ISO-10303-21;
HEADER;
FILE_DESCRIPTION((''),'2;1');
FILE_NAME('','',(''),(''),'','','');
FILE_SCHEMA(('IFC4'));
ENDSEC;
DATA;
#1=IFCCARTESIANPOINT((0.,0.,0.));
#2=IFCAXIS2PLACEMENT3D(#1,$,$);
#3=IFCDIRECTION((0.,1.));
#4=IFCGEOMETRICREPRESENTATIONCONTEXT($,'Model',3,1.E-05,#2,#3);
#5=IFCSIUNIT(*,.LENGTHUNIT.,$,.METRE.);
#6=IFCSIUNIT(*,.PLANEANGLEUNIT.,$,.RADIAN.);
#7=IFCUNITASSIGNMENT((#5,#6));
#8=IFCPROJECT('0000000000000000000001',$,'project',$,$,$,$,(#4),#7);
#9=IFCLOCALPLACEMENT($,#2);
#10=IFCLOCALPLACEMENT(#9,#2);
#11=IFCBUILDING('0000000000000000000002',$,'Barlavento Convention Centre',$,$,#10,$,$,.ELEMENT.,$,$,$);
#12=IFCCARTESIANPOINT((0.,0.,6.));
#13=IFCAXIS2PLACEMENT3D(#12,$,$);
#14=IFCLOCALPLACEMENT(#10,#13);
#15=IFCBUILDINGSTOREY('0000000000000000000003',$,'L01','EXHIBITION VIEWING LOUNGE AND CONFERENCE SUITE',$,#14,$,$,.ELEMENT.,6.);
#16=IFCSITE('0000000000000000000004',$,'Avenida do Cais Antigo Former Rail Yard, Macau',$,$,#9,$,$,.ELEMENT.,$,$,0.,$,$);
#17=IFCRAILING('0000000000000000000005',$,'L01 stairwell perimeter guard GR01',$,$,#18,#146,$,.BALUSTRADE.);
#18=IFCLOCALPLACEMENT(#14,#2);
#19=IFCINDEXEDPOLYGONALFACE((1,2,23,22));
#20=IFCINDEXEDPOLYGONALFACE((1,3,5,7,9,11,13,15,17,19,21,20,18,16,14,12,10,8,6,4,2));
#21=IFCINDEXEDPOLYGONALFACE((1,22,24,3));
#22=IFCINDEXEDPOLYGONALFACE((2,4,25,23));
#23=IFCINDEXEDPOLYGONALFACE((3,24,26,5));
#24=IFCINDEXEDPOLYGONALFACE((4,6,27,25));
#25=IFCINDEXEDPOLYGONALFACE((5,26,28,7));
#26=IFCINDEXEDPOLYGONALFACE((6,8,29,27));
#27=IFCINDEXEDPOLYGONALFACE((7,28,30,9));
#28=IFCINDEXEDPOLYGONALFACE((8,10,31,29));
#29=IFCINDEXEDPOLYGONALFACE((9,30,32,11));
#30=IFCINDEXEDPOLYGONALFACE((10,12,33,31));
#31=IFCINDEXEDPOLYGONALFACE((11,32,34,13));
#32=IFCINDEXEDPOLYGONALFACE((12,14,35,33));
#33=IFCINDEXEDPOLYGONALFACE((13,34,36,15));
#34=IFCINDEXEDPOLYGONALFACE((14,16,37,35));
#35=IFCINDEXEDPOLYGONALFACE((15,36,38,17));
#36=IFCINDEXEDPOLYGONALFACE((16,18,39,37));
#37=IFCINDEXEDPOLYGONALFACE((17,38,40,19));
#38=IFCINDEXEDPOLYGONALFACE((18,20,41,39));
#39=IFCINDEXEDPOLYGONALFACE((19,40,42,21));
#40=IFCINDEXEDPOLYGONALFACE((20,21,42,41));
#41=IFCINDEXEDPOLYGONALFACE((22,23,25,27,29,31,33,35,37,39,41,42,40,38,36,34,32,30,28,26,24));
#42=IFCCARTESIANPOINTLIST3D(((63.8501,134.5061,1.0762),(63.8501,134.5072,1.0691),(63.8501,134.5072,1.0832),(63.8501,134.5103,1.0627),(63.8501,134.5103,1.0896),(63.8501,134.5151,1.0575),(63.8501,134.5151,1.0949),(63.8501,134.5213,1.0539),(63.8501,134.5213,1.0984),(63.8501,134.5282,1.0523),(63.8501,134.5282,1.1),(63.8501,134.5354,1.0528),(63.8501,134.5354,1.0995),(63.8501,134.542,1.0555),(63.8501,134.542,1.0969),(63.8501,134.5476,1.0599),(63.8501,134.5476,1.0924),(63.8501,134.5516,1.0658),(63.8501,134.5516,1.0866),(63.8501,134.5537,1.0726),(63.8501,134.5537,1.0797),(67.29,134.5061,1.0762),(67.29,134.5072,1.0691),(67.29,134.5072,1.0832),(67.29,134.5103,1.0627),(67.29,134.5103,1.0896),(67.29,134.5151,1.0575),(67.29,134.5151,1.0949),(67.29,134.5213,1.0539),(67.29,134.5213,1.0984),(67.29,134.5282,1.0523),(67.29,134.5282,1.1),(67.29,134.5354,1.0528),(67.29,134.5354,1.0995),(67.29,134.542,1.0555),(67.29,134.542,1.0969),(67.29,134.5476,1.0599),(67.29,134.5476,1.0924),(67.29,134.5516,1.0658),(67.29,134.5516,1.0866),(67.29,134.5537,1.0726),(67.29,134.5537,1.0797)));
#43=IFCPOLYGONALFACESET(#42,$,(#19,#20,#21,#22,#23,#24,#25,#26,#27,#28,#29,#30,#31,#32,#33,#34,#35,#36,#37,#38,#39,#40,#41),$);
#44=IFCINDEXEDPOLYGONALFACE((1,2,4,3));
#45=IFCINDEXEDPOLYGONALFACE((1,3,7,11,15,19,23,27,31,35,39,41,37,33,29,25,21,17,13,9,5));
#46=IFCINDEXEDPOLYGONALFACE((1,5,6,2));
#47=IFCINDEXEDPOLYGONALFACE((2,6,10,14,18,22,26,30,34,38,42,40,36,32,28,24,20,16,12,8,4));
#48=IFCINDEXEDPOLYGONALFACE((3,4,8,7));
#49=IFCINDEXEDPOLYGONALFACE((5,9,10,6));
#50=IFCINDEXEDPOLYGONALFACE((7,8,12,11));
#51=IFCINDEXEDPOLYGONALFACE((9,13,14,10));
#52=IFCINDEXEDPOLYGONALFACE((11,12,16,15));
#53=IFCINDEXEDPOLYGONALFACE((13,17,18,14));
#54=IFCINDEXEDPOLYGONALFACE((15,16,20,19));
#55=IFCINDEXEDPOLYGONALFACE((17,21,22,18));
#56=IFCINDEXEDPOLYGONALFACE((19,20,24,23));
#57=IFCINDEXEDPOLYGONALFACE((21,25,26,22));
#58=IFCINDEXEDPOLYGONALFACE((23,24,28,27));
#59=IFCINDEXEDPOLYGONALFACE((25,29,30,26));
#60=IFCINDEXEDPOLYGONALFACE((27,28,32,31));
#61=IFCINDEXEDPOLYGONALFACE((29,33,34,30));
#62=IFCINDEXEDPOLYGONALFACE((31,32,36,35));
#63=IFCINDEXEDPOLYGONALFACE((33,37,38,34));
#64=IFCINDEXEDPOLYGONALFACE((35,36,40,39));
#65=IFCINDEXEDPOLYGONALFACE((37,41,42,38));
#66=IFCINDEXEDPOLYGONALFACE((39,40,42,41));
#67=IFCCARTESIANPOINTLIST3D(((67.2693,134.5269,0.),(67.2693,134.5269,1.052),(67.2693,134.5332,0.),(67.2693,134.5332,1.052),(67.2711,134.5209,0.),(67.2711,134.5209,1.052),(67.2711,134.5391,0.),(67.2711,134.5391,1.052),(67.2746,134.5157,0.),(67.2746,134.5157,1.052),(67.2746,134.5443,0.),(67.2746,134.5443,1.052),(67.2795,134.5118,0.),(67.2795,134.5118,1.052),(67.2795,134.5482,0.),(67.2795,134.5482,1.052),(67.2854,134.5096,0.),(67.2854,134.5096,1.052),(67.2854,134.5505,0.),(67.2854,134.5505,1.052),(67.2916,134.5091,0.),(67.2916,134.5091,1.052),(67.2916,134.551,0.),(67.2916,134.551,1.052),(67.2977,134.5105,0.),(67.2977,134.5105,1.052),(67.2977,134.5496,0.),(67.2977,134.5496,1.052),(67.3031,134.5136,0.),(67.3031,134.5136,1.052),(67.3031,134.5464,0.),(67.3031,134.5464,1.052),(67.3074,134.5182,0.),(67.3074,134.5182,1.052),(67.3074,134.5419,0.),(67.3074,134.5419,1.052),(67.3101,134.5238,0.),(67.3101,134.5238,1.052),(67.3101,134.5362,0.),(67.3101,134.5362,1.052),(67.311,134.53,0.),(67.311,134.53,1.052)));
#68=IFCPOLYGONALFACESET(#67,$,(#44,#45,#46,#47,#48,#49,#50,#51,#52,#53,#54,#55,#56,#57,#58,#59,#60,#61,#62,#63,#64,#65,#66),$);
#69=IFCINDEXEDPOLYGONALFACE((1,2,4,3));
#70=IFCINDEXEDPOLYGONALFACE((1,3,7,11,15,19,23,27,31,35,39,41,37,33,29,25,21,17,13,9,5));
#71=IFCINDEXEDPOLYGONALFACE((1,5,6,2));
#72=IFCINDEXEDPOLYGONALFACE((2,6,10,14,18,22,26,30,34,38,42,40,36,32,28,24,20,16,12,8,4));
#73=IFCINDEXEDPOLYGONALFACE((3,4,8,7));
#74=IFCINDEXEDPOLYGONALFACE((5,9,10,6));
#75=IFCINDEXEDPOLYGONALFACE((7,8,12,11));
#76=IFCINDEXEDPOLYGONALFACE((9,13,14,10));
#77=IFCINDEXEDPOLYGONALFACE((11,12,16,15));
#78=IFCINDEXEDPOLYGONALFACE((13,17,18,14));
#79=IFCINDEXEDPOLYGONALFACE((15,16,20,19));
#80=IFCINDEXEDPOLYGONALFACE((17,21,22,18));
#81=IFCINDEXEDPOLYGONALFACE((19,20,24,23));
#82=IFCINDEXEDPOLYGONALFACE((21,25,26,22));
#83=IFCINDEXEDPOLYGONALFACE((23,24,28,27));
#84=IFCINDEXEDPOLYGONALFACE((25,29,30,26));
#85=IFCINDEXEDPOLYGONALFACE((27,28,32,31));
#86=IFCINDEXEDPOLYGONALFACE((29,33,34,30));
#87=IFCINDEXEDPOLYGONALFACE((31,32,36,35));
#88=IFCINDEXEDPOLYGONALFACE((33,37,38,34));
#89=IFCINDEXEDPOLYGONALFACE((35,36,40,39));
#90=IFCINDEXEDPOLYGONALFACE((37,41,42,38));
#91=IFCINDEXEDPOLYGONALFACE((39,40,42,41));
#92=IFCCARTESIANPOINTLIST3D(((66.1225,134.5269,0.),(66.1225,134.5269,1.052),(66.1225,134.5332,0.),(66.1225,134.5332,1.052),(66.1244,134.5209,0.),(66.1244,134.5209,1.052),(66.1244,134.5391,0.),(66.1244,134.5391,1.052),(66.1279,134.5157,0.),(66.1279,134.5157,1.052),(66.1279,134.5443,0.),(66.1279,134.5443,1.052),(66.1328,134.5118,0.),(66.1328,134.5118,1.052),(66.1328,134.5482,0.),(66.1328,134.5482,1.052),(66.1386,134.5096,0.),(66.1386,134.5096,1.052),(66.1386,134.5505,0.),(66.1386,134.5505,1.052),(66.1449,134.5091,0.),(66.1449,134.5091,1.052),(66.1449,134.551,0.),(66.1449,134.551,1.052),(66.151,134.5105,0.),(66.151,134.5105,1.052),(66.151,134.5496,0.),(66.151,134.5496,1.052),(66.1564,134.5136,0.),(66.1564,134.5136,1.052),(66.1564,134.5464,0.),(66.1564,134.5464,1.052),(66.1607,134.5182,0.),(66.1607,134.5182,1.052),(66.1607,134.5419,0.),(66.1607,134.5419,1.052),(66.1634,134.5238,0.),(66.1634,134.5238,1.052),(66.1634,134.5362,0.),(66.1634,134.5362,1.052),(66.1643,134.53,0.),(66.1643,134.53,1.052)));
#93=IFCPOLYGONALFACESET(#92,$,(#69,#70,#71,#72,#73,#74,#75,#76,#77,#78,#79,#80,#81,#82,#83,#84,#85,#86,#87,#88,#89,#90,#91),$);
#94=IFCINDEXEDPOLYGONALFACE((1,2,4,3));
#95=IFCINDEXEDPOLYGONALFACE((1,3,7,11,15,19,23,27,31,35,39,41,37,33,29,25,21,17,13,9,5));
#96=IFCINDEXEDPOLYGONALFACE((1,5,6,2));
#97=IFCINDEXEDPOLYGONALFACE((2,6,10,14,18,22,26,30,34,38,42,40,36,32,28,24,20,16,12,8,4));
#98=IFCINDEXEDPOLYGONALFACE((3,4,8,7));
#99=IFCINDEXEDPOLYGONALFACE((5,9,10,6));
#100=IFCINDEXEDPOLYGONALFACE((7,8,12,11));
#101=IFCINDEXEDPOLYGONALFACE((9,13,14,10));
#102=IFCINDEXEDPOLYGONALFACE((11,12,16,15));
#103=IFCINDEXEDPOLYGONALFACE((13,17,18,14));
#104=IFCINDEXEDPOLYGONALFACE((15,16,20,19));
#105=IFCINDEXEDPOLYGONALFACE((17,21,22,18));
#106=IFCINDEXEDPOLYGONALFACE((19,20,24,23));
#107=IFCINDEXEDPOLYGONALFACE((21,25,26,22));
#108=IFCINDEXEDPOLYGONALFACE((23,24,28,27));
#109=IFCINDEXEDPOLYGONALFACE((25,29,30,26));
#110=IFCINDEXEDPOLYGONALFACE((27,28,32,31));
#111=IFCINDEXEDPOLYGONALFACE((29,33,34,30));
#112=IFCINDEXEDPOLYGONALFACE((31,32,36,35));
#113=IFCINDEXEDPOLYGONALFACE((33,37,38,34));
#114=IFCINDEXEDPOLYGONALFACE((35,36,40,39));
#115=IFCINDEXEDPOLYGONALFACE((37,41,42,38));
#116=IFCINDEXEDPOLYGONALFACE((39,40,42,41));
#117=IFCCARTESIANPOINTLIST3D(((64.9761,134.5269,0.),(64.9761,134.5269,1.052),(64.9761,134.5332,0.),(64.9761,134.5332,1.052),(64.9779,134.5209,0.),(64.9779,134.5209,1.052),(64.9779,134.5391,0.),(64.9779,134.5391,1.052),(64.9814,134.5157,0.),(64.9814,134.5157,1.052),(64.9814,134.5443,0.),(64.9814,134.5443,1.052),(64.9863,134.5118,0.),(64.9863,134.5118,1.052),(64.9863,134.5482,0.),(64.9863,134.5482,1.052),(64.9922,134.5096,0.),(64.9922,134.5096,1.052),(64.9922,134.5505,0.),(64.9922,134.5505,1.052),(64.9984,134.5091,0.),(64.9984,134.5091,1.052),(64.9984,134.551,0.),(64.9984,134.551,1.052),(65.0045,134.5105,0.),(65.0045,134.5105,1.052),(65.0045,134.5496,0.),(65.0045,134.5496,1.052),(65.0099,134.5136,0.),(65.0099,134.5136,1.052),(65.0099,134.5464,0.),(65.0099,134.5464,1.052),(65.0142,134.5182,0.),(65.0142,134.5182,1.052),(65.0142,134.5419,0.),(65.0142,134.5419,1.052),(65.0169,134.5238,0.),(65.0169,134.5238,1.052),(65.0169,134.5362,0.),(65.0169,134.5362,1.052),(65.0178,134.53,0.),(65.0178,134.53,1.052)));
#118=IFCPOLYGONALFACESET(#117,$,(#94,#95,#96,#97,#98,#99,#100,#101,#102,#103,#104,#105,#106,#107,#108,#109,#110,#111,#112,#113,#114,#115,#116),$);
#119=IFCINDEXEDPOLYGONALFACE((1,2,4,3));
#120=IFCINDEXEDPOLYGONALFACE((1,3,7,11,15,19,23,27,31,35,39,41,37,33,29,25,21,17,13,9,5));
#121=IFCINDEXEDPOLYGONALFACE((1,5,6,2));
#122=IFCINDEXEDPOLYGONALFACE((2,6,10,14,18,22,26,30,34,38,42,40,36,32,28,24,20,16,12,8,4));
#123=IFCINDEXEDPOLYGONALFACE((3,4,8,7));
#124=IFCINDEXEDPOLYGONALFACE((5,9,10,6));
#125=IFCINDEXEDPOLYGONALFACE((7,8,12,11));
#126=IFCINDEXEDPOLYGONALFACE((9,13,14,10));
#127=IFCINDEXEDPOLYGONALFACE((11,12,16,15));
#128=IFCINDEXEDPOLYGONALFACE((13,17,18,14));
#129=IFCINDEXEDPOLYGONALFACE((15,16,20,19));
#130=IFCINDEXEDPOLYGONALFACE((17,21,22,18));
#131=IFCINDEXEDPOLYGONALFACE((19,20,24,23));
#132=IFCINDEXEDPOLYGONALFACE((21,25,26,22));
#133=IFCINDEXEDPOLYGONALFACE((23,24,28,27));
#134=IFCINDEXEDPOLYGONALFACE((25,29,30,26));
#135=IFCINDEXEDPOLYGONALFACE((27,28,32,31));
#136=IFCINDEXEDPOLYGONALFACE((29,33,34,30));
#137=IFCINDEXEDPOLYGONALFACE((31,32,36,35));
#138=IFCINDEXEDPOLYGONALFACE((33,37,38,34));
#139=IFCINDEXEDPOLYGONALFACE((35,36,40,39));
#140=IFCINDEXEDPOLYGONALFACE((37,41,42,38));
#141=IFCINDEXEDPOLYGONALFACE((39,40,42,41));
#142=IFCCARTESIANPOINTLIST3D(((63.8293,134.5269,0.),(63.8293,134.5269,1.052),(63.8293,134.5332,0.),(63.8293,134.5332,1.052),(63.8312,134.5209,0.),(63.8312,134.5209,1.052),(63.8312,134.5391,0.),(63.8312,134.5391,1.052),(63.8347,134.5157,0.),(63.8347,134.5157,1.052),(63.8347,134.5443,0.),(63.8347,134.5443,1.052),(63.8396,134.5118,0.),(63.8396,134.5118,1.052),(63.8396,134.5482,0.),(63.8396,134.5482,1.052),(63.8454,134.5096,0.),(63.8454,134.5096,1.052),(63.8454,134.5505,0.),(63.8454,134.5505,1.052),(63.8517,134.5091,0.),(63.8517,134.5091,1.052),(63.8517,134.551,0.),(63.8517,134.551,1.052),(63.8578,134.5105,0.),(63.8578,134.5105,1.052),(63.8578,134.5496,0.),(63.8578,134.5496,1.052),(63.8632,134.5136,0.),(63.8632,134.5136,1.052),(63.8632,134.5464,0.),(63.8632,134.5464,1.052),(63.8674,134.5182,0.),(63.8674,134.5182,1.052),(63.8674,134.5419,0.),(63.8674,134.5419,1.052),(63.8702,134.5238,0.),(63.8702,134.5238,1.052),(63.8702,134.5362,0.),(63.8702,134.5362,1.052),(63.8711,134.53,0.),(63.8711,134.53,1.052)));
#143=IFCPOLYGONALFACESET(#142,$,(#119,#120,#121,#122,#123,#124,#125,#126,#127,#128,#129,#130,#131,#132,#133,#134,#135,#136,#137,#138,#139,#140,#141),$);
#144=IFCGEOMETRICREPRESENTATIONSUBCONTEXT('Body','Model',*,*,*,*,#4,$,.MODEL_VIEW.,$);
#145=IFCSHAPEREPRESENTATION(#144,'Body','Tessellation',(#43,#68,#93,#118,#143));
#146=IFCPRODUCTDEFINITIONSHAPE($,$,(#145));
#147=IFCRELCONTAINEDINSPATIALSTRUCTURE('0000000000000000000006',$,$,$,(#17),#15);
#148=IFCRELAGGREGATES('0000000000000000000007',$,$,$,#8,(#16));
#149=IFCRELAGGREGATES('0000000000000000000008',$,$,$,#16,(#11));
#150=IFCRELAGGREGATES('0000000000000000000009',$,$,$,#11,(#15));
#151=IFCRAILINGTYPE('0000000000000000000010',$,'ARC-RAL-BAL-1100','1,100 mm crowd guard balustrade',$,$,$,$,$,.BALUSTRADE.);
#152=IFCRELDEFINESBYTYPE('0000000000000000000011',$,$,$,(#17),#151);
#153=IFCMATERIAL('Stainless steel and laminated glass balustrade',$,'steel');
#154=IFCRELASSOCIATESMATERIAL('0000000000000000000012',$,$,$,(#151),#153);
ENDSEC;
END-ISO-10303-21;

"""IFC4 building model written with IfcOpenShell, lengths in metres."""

from ifc_helpers import new_model, si_unit, direction, frame, origin, origin_2d, place, context, subcontext, project, spatial, circle, extrude, material, type_object, element, save


model = new_model("IFC4")

# Units and contexts
model_context = context("Model", 3, precision=1e-05, world=origin(), true_north=direction((0.0, 1.0)))
body_context = subcontext(model_context, "Body", "Model", "MODEL_VIEW")
ifc_project = project(units=[si_unit("LENGTHUNIT", "METRE"), si_unit("PLANEANGLEUNIT", "RADIAN")], contexts=[model_context])

# Site, building, storey
site_placement = place(None, origin())
site = spatial("IfcSite", under=ifc_project, at=site_placement, Name="Avenida do Cais Antigo Former Rail Yard, Macau", CompositionType="ELEMENT", RefElevation=0.0)
building_placement = place(site_placement, origin())
building = spatial("IfcBuilding", under=site, at=building_placement, Name="Barlavento Convention Centre", CompositionType="ELEMENT")
storey_placement = place(building_placement, frame((0.0, 0.0, 6.0)))
storey = spatial("IfcBuildingStorey", under=building, at=storey_placement, Name="L01", Description="EXHIBITION VIEWING LOUNGE AND CONFERENCE SUITE", CompositionType="ELEMENT", Elevation=6.0)

# Railing
ifc_material_1 = material(Name="Stainless steel and laminated glass balustrade", Category="steel")
railing_type = type_object("IfcRailingType", Name="ARC-RAL-BAL-1100", Description="1,100 mm crowd guard balustrade", PredefinedType="BALUSTRADE", material=ifc_material_1)
railing_1_placement = place(storey_placement, frame((67.29, 134.53, 0.0)))
element("IfcRailing", 1, at=railing_1_placement, inside=storey, type_object=railing_type, Name="L01 stairwell perimeter guard GR01", PredefinedType="BALUSTRADE", context=body_context, shape_type="SweptSolid", body=[
    extrude(circle(Radius=0.0239, at=origin_2d()), frame((0.0, 0.0, 1.0762), z_axis=(-1.0, 0.0, 0.0), x_axis=(0.0, -1.0, 0.0)), (0.0, 0.0, 1.0), 3.4399),
    extrude(circle(Radius=0.021, at=origin_2d()), origin(), (0.0, 0.0, 1.0), 1.052),
    extrude(circle(Radius=0.021, at=origin_2d()), frame((-1.1467, 0.0, 0.0)), (0.0, 0.0, 1.0), 1.052),
    extrude(circle(Radius=0.021, at=origin_2d()), frame((-2.2932, 0.0, 0.0)), (0.0, 0.0, 1.0), 1.052),
    extrude(circle(Radius=0.021, at=origin_2d()), frame((-3.4399, 0.0, 0.0)), (0.0, 0.0, 1.0), 1.052),
])

save(model, "model.ifc")
